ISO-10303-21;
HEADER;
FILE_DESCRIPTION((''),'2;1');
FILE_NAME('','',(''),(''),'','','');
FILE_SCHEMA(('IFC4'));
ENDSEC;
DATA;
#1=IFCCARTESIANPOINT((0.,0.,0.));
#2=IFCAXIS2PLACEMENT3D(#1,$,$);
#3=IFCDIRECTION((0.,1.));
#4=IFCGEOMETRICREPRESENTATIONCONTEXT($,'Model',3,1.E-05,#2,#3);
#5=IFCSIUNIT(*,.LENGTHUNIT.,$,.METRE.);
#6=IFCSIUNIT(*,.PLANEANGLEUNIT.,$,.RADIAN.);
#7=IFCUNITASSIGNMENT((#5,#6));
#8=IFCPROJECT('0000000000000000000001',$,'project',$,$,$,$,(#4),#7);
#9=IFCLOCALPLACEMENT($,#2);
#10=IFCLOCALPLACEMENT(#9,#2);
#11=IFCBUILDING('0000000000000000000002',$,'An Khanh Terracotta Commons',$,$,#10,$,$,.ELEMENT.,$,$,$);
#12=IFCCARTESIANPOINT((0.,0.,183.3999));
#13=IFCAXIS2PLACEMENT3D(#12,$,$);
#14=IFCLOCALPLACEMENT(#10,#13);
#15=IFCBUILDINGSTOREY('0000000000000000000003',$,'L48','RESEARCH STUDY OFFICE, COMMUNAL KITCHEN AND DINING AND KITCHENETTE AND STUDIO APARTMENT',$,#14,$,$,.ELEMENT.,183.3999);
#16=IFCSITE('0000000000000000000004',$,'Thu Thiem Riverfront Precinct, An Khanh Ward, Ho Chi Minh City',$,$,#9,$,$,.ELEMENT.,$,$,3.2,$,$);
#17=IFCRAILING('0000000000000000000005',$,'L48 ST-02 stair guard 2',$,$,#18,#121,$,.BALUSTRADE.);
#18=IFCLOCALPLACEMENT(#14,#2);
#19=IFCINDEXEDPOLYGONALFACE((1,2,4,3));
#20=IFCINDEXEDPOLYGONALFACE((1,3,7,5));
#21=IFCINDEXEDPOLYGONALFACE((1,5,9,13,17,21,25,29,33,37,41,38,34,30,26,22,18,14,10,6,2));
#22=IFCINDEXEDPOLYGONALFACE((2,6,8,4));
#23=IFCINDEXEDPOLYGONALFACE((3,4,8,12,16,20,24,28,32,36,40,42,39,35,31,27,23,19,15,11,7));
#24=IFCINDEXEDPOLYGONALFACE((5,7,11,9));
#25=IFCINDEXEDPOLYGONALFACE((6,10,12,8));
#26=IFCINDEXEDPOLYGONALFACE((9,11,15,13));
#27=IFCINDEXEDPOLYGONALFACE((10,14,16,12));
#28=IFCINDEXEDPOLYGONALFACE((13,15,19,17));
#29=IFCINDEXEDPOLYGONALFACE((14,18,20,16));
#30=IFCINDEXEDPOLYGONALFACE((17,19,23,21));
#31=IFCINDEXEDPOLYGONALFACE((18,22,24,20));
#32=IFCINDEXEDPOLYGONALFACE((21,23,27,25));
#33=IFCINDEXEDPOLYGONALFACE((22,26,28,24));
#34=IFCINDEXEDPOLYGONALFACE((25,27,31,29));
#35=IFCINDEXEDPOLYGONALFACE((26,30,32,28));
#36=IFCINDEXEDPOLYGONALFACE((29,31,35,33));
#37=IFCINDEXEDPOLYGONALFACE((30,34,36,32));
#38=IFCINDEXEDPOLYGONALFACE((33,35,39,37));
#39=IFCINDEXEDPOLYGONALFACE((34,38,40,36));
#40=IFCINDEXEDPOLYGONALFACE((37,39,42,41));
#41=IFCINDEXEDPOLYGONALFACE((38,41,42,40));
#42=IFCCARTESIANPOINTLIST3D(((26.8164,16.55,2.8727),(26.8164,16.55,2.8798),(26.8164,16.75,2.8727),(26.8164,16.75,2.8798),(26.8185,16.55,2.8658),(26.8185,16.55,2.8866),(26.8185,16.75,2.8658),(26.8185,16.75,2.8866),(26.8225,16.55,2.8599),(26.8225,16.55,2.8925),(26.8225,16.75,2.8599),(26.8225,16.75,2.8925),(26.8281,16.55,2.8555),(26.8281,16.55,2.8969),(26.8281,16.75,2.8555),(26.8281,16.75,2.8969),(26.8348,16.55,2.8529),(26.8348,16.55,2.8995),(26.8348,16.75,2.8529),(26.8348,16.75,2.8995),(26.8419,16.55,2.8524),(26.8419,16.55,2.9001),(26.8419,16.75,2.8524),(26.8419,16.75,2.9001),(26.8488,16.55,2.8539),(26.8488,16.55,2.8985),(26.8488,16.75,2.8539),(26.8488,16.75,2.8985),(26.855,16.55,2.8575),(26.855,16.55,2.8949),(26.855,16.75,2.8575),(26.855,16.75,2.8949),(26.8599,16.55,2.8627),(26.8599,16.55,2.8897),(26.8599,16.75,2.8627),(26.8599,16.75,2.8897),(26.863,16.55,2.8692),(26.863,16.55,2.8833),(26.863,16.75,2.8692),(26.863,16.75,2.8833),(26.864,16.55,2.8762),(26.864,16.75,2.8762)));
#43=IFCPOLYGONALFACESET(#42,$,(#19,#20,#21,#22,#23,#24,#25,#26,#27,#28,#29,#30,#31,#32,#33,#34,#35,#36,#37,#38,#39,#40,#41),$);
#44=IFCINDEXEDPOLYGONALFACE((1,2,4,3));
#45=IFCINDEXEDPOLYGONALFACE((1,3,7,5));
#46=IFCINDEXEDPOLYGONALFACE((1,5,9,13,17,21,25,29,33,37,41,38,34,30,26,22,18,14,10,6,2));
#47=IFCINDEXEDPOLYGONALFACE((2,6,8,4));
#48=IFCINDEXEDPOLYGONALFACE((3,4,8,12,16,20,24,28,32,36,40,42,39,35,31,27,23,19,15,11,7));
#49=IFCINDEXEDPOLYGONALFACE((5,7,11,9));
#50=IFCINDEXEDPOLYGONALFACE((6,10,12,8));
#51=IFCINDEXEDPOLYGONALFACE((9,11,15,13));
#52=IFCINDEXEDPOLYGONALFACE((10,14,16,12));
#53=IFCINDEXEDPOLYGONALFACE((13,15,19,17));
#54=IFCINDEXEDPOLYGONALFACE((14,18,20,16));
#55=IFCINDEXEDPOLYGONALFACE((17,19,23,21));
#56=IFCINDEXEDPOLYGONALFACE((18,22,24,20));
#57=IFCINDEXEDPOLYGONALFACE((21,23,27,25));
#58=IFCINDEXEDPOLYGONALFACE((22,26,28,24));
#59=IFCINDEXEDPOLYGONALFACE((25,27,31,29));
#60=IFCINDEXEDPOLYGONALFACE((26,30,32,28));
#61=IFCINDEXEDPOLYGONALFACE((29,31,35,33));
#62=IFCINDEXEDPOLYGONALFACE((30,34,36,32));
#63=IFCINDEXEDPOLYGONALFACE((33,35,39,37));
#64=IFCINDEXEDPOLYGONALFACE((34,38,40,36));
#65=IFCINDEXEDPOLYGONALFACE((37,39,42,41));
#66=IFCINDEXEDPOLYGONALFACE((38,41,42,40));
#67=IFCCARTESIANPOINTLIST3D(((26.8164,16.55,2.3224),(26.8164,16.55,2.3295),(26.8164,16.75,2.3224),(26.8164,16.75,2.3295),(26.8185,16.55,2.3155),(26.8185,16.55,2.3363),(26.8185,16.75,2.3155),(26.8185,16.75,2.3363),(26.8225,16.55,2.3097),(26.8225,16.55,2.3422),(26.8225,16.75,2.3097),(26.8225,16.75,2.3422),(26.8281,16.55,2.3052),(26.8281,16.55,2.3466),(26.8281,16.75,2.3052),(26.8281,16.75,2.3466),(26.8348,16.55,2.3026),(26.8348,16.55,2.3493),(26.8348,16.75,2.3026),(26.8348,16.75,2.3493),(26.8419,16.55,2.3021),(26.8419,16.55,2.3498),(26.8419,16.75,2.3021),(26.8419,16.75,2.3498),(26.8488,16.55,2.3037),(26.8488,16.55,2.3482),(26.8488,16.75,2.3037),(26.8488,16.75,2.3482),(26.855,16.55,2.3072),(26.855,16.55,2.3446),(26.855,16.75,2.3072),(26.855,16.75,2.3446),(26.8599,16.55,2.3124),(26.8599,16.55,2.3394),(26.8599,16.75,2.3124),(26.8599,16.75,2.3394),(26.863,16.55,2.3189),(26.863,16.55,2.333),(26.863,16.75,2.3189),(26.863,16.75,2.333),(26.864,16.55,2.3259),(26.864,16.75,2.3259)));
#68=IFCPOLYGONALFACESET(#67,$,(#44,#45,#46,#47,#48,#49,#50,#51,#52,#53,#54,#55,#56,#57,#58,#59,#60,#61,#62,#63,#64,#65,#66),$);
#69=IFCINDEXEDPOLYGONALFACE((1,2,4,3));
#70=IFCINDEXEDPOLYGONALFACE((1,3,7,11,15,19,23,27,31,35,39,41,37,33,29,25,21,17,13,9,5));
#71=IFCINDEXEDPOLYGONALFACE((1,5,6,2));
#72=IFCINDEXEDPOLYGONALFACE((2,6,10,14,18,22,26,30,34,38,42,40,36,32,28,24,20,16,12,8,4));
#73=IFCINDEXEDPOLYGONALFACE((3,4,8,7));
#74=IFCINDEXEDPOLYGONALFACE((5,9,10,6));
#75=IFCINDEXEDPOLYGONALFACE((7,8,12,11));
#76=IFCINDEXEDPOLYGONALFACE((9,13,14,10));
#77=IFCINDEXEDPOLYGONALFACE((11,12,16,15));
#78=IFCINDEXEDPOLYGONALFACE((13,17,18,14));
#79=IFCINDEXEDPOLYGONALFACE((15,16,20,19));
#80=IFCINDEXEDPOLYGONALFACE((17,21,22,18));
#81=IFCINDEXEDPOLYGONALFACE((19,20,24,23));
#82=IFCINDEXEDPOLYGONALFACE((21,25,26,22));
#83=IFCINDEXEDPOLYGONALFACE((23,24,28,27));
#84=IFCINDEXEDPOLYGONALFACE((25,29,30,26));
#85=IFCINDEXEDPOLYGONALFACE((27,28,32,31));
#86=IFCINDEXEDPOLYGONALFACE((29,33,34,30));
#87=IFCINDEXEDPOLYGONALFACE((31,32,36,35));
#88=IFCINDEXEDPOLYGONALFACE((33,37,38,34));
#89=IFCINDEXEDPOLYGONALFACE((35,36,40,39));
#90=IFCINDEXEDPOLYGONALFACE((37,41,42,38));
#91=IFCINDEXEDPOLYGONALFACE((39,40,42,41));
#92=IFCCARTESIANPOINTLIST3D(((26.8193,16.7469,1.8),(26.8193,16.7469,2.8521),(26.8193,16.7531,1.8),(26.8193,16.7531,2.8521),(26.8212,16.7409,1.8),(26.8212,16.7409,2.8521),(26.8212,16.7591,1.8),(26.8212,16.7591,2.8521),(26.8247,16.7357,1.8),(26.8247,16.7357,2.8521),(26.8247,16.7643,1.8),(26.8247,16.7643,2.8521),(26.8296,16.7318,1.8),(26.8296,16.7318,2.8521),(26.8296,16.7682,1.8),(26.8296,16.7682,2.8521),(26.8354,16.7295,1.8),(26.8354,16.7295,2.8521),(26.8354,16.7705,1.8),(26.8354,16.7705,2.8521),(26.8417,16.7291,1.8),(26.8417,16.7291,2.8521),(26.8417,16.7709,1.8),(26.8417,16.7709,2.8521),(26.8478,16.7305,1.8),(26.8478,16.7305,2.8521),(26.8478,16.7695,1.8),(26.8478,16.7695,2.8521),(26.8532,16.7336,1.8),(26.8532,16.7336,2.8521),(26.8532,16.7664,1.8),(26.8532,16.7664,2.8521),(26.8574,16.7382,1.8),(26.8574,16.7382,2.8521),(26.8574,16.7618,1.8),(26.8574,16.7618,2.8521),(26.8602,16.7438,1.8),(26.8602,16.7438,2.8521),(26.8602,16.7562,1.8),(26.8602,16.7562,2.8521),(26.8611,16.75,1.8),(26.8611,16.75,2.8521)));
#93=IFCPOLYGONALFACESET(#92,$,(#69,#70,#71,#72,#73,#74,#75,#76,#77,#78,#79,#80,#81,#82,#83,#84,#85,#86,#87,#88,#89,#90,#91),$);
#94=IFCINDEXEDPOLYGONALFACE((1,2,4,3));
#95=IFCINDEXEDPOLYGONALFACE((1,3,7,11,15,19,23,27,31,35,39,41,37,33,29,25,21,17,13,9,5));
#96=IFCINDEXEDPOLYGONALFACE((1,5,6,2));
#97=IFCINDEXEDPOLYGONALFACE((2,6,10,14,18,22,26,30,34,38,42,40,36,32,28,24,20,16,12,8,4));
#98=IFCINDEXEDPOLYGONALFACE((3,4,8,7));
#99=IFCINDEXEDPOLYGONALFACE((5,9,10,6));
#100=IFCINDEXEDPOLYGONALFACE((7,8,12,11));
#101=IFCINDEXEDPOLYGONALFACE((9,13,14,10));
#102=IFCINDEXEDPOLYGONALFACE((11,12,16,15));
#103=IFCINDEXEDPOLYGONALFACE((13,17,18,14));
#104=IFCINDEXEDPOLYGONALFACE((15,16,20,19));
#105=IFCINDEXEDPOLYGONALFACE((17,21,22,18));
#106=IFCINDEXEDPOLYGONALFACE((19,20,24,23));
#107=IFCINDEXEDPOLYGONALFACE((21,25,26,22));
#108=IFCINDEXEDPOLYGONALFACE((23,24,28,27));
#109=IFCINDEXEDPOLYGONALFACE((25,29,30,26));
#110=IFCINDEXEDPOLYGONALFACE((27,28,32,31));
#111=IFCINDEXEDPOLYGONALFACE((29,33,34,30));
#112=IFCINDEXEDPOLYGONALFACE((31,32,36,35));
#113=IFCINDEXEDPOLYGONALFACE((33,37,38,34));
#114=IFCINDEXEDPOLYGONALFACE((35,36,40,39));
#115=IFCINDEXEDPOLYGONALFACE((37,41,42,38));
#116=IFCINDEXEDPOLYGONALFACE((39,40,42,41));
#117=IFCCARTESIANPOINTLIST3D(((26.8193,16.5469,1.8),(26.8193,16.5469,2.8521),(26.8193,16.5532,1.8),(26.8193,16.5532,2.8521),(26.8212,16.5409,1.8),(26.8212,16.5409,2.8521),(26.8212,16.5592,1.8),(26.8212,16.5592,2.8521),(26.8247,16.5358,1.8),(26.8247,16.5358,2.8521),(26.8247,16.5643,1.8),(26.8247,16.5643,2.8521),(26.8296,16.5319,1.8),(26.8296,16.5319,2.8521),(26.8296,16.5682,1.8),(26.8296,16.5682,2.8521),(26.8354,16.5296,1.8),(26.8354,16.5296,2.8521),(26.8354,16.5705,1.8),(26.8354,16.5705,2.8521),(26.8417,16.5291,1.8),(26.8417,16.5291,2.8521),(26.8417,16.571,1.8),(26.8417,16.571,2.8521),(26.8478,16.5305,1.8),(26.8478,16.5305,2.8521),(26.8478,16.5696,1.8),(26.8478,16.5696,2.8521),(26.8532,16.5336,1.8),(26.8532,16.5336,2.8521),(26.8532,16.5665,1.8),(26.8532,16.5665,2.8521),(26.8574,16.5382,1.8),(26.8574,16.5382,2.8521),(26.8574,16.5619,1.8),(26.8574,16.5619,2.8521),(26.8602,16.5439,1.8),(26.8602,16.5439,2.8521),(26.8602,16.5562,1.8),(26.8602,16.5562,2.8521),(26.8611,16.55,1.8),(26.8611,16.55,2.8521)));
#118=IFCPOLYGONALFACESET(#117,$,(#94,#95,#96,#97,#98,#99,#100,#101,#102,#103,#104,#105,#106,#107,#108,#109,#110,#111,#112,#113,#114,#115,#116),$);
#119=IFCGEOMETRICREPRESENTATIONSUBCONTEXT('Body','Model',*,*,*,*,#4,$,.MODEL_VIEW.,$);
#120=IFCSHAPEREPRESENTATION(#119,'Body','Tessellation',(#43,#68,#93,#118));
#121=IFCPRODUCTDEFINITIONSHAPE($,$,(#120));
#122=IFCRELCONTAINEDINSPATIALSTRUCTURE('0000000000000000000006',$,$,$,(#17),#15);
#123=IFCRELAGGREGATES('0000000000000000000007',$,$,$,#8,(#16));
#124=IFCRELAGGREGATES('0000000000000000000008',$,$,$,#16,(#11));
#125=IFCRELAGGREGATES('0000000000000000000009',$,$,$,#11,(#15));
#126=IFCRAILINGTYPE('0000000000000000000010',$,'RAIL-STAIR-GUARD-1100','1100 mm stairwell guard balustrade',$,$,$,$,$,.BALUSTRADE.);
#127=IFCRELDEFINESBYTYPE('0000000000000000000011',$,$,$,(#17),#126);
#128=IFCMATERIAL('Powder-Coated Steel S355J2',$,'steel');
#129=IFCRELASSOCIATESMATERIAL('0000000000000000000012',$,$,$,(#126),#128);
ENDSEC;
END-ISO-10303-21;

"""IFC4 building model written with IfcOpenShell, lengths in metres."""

from ifc_helpers import new_model, si_unit, direction, frame, origin, origin_2d, place, context, subcontext, project, spatial, circle, extrude, material, type_object, element, save


model = new_model("IFC4")

# Units and contexts
model_context = context("Model", 3, precision=1e-05, world=origin(), true_north=direction((0.0, 1.0)))
body_context = subcontext(model_context, "Body", "Model", "MODEL_VIEW")
ifc_project = project(units=[si_unit("LENGTHUNIT", "METRE"), si_unit("PLANEANGLEUNIT", "RADIAN")], contexts=[model_context])

# Site, building, storey
site_placement = place(None, origin())
site = spatial("IfcSite", under=ifc_project, at=site_placement, Name="Thu Thiem Riverfront Precinct, An Khanh Ward, Ho Chi Minh City", CompositionType="ELEMENT", RefElevation=3.2)
building_placement = place(site_placement, origin())
building = spatial("IfcBuilding", under=site, at=building_placement, Name="An Khanh Terracotta Commons", CompositionType="ELEMENT")
storey_placement = place(building_placement, frame((0.0, 0.0, 183.3999)))
storey = spatial("IfcBuildingStorey", under=building, at=storey_placement, Name="L48", Description="RESEARCH STUDY OFFICE, COMMUNAL KITCHEN AND DINING AND KITCHENETTE AND STUDIO APARTMENT", CompositionType="ELEMENT", Elevation=183.3999)

# Railing
ifc_material_1 = material(Name="Powder-Coated Steel S355J2", Category="steel")
railing_type_1 = type_object("IfcRailingType", Name="RAIL-STAIR-GUARD-1100", Description="1100 mm stairwell guard balustrade", PredefinedType="BALUSTRADE", material=ifc_material_1)
railing_1_placement = place(storey_placement, frame((26.8401, 16.75, 1.8)))
element("IfcRailing", 1, at=railing_1_placement, inside=storey, type_object=railing_type_1, Name="L48 ST-02 stair guard 2", PredefinedType="BALUSTRADE", context=body_context, shape_type="SweptSolid", body=[
    extrude(circle(Radius=0.0239, at=origin_2d()), frame((0.0, 0.0, 1.0762), z_axis=(0.0, -1.0, 0.0), x_axis=(1.0, 0.0, 0.0)), (0.0, 0.0, 1.0), 0.2),
    extrude(circle(Radius=0.0239, at=origin_2d()), frame((0.0, 0.0, 0.5259), z_axis=(0.0, -1.0, 0.0), x_axis=(1.0, 0.0, 0.0)), (0.0, 0.0, 1.0), 0.2),
    extrude(circle(Radius=0.021, at=origin_2d()), origin(), (0.0, 0.0, 1.0), 1.052),
    extrude(circle(Radius=0.021, at=origin_2d()), frame((0.0, -0.2, 0.0)), (0.0, 0.0, 1.0), 1.052),
])

save(model, "model.ifc")
